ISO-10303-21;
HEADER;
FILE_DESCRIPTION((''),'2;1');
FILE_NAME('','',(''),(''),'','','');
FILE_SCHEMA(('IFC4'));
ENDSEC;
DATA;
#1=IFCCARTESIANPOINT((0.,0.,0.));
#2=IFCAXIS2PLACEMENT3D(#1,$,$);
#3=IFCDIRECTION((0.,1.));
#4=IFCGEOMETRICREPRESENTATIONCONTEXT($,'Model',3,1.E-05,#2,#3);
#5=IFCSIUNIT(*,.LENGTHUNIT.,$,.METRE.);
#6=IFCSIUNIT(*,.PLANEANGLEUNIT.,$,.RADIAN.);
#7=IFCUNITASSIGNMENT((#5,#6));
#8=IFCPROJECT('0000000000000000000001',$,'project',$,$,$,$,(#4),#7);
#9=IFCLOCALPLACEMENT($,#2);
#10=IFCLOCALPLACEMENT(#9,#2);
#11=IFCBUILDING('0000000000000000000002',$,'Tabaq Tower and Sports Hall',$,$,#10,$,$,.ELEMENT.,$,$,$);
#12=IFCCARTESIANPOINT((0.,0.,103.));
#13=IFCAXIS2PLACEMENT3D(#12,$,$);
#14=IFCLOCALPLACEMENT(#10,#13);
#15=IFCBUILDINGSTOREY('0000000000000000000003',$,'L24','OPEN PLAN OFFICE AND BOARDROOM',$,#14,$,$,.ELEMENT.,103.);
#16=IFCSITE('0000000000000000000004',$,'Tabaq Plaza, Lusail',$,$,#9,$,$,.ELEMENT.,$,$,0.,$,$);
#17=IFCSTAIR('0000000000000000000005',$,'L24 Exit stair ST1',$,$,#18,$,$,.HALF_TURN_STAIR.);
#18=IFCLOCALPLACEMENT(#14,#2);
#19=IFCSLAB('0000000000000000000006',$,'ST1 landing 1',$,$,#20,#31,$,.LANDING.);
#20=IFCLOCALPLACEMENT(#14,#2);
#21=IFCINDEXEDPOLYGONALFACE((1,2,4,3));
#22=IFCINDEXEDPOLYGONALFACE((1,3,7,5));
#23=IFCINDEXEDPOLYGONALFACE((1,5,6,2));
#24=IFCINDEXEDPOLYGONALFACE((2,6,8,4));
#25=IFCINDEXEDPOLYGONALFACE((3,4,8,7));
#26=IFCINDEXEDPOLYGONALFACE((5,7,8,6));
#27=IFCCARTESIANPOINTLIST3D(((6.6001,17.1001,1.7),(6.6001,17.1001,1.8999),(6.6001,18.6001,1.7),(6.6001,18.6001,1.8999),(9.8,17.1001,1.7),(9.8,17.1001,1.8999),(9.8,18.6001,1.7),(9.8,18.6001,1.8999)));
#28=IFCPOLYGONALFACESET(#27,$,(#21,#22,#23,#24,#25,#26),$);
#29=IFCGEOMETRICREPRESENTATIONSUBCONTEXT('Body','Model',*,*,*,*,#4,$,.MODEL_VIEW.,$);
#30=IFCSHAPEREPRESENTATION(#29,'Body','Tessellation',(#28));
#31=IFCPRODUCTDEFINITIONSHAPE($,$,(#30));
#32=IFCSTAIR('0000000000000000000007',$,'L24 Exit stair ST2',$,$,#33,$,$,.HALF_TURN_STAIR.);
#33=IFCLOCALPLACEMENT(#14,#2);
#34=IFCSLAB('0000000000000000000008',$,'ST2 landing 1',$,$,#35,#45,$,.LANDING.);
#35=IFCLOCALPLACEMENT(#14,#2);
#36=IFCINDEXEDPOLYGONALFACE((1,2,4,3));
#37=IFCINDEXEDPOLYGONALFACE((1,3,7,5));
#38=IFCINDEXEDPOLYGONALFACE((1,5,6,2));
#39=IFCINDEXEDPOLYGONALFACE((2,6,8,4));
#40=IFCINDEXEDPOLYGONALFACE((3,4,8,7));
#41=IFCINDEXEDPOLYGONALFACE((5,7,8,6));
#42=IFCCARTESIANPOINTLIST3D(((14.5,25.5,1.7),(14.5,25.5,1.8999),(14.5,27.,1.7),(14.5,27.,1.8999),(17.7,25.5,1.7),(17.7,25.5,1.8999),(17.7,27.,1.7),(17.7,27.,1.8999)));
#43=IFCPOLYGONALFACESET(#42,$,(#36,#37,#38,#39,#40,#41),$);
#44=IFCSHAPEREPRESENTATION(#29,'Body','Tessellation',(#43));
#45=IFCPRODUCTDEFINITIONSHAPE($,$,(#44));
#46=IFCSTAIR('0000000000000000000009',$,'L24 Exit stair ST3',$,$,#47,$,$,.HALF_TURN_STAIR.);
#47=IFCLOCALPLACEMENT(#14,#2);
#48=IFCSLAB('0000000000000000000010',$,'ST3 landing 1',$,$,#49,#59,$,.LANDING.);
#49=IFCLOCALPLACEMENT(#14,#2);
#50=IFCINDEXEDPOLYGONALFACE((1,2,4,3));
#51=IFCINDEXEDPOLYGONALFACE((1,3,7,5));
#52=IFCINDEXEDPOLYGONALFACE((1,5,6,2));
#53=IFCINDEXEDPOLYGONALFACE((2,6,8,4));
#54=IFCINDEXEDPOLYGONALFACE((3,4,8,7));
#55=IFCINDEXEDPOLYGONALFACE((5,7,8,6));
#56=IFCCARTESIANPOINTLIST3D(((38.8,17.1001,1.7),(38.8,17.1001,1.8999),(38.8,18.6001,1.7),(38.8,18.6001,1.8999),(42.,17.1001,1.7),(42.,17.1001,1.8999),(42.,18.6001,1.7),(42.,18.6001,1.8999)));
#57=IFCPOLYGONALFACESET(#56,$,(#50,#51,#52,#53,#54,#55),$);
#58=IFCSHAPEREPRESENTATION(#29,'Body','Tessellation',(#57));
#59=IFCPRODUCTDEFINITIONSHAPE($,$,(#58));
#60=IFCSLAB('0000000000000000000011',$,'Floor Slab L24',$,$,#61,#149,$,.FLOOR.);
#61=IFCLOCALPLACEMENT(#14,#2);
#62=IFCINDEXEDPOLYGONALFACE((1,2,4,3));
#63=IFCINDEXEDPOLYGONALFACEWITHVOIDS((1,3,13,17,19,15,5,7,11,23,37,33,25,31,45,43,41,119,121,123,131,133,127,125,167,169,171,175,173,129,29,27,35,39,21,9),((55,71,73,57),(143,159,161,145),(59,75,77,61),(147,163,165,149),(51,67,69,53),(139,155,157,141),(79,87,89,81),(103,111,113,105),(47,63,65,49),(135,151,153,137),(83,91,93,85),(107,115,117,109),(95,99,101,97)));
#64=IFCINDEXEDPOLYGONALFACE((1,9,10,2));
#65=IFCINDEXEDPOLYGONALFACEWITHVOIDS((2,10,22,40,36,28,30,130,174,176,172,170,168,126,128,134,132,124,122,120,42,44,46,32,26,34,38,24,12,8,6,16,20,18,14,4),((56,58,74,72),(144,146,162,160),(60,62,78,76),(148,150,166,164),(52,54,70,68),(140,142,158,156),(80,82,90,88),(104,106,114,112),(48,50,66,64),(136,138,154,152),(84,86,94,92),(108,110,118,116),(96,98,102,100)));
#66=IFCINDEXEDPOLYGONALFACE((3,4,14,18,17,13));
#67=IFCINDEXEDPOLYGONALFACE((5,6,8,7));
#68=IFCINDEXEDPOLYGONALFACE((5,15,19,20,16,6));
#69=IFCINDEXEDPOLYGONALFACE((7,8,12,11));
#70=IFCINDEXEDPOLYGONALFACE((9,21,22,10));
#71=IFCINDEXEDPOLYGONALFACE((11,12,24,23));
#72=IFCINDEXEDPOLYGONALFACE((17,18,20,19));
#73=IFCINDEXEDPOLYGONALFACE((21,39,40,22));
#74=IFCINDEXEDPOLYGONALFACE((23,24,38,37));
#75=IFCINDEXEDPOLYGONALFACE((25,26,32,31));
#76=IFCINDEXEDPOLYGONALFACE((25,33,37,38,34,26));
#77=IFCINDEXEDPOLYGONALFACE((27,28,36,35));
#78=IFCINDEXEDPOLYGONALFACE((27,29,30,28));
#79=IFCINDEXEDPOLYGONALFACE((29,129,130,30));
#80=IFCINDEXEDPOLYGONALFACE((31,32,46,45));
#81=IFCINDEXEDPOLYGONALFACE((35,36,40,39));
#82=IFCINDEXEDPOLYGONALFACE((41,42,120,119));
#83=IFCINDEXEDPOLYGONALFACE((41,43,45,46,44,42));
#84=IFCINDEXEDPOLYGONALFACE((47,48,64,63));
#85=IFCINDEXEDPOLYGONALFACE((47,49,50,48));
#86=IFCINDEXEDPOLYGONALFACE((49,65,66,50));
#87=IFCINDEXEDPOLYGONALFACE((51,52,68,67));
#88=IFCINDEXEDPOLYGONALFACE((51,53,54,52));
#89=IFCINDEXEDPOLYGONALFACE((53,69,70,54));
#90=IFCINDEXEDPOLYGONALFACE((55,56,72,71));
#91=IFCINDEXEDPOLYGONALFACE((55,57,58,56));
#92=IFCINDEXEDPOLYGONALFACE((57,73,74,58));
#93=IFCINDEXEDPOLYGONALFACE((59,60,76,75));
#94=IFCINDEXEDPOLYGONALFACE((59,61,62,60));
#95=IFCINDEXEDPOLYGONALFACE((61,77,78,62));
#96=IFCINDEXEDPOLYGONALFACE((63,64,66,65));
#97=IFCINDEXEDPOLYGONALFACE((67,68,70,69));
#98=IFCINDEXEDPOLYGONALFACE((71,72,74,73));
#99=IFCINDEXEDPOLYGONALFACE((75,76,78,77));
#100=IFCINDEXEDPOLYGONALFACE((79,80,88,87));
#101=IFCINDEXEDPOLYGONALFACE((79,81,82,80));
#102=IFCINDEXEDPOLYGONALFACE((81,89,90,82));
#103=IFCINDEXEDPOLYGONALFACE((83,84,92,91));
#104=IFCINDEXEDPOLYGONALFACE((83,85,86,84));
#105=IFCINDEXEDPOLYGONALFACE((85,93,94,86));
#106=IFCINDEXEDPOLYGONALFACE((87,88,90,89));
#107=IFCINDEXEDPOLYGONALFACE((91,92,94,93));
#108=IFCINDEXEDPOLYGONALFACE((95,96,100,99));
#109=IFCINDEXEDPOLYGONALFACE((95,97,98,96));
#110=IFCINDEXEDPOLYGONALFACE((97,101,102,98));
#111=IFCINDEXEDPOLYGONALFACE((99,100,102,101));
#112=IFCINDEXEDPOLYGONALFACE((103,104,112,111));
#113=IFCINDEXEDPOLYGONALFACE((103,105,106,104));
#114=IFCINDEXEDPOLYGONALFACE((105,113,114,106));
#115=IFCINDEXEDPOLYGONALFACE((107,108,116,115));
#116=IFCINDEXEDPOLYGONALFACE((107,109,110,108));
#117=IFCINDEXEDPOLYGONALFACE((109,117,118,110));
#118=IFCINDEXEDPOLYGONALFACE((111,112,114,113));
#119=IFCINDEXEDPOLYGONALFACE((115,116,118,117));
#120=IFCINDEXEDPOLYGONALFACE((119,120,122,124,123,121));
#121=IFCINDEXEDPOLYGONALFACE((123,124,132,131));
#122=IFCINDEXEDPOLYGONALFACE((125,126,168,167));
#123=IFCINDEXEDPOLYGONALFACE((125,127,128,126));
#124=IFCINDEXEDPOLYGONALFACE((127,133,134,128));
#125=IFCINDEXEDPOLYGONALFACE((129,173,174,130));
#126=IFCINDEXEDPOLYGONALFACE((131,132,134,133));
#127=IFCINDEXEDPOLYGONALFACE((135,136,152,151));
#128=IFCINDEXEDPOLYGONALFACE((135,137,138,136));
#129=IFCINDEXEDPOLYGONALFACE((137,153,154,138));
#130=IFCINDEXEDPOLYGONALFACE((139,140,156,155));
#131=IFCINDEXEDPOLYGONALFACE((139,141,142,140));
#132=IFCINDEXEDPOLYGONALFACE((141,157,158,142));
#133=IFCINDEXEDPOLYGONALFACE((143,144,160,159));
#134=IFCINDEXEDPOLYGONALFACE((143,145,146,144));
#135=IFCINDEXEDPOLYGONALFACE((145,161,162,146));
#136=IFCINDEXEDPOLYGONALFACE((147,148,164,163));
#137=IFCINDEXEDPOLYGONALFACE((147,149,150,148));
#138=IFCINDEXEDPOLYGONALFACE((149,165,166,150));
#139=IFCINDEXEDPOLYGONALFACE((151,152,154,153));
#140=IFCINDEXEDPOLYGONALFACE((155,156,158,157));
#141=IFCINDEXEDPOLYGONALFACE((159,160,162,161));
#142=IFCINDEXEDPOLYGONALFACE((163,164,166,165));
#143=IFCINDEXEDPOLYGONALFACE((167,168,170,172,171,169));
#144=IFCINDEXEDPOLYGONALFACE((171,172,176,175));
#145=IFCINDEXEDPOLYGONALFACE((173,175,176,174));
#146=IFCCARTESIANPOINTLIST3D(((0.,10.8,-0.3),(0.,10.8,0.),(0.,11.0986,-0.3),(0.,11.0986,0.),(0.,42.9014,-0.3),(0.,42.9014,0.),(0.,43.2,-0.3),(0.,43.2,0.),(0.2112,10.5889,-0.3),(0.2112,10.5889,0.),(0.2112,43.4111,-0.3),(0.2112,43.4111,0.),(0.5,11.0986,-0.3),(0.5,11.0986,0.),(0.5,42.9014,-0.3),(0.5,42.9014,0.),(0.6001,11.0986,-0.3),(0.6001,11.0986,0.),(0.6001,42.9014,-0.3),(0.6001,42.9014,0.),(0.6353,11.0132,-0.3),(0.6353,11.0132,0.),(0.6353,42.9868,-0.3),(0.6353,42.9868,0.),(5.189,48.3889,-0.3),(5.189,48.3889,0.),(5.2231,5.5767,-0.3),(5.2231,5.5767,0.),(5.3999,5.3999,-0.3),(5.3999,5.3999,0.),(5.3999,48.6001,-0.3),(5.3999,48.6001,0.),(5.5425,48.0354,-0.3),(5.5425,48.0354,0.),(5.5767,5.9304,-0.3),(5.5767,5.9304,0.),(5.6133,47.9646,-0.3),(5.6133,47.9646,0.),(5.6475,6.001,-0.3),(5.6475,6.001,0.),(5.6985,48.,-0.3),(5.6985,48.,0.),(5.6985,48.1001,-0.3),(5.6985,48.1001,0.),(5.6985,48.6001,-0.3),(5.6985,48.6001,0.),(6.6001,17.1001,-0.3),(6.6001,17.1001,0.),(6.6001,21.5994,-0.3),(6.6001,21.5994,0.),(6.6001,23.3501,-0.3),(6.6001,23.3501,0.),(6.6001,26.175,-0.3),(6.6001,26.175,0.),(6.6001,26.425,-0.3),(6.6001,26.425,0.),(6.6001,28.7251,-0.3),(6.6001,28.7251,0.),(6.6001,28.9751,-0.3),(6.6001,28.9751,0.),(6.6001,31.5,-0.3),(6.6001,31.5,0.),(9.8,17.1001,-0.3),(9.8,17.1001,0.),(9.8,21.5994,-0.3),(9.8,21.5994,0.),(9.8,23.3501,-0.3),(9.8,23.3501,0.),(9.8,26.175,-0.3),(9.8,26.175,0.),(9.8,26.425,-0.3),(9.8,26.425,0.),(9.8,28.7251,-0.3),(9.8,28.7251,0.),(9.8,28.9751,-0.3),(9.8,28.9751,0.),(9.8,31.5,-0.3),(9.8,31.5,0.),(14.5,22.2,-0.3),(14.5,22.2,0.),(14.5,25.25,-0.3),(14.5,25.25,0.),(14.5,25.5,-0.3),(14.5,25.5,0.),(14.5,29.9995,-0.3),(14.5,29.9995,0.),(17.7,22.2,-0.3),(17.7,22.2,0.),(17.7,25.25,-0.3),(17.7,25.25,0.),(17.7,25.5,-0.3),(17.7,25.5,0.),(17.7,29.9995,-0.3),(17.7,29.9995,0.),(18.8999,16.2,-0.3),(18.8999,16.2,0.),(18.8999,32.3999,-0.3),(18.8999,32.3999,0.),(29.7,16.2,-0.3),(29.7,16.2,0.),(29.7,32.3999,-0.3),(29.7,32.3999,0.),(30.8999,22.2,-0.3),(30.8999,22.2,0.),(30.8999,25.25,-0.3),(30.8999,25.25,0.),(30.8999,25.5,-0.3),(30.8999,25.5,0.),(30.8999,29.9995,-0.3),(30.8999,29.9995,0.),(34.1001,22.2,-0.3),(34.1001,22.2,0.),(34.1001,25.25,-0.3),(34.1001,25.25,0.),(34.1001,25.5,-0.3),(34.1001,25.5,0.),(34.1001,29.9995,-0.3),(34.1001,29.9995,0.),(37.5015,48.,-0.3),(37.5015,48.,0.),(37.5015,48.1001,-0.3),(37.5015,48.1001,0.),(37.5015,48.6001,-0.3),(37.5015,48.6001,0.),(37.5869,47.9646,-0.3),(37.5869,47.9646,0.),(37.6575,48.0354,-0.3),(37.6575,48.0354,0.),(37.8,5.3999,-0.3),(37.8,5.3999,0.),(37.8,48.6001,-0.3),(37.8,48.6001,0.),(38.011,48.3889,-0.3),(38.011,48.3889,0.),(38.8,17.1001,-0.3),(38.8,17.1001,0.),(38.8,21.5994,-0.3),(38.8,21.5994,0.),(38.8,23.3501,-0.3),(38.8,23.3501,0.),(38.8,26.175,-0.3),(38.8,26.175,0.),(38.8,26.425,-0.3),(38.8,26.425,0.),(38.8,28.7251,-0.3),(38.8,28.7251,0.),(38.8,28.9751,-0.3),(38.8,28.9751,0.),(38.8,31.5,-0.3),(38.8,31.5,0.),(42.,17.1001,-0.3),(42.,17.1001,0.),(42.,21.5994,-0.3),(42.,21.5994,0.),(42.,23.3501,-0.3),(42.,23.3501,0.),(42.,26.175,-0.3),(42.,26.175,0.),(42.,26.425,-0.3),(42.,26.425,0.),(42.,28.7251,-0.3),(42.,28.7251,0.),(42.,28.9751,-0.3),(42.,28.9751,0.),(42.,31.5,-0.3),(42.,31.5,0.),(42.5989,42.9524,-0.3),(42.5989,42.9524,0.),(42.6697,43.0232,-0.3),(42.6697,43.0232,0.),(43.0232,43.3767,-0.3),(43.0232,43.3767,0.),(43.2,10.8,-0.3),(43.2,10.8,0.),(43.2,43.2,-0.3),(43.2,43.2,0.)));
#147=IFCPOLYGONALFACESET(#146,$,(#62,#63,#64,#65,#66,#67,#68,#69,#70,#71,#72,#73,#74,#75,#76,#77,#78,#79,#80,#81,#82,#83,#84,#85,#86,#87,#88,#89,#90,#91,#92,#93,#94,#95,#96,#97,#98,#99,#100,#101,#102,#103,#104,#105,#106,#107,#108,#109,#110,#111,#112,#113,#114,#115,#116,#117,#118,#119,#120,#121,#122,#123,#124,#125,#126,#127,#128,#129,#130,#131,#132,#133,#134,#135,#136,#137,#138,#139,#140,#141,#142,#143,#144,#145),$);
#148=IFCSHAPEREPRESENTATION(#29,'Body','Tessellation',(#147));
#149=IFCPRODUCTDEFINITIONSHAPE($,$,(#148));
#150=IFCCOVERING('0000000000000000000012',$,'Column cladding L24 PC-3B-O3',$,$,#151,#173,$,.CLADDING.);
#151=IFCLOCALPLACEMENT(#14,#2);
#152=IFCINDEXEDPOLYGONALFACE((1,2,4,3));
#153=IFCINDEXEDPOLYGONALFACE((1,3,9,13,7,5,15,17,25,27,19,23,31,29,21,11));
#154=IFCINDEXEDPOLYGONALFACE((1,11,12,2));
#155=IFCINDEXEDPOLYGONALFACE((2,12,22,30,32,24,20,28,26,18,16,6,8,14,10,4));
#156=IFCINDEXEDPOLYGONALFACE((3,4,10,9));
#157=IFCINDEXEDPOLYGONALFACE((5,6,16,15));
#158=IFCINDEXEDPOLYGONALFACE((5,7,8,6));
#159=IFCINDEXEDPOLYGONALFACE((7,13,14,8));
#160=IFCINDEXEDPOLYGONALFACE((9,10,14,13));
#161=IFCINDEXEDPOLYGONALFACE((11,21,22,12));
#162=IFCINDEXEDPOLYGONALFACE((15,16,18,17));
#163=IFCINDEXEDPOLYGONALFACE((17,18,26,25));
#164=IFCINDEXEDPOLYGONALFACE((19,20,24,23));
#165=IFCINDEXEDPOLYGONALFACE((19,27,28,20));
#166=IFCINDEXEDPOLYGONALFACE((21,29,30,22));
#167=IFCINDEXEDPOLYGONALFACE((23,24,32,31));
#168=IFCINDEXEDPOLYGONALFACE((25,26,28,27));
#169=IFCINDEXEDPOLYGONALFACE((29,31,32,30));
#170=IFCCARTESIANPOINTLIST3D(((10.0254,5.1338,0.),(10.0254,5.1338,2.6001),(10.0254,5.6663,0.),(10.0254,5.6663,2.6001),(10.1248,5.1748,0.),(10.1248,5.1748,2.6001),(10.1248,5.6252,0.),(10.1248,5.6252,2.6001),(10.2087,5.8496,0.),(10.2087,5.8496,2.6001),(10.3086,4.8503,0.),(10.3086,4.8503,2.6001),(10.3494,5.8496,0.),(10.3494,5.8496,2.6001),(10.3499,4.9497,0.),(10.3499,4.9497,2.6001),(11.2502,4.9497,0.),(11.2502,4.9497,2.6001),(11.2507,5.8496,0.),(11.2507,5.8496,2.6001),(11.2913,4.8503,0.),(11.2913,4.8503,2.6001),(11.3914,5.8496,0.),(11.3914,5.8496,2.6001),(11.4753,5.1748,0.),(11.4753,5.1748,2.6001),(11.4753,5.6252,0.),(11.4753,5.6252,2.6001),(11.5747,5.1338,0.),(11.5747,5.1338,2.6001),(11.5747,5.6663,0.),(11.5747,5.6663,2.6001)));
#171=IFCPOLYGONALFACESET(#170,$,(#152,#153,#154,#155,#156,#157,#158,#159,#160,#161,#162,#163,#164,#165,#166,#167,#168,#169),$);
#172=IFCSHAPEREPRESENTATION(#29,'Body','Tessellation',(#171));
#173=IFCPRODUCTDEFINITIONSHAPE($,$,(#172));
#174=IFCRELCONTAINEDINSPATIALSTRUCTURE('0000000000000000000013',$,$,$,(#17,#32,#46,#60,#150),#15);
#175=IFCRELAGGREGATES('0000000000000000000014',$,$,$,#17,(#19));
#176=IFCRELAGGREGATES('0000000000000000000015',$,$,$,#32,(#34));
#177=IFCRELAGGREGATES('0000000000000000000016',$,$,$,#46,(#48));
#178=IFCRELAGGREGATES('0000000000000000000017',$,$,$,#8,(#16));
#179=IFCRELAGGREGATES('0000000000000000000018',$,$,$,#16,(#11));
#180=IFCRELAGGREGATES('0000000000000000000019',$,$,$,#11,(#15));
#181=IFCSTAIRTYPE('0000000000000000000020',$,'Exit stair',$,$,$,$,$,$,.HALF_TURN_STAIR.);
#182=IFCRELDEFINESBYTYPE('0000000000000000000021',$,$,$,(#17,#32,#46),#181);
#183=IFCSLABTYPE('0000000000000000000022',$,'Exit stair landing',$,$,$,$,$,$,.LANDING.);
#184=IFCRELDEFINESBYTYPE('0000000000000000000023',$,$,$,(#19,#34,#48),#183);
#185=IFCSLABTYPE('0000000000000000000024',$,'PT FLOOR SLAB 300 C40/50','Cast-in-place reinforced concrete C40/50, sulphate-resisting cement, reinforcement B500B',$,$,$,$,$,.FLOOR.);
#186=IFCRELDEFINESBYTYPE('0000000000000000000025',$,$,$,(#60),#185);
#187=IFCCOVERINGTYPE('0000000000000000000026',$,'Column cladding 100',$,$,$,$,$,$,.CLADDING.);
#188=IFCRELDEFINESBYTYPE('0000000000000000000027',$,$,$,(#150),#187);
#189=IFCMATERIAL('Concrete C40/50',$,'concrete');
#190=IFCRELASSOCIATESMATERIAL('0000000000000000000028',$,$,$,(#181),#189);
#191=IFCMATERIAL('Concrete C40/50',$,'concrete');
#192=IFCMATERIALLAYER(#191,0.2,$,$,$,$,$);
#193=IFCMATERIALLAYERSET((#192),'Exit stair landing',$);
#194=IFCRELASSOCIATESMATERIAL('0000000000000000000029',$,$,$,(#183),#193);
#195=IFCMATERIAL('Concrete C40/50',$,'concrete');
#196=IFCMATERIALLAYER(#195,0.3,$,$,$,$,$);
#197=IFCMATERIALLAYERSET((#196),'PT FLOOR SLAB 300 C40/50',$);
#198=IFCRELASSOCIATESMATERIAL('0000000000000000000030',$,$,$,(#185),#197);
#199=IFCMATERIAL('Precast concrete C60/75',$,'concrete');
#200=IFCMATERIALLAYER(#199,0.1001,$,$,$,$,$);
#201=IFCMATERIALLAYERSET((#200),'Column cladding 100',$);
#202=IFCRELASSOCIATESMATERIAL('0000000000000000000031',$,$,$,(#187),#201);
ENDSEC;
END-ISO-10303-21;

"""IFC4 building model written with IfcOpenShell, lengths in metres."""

from ifc_helpers import new_model, si_unit, direction, frame, origin, place, context, subcontext, project, spatial, polyline, outline, extrude, material, layer, layer_set, type_object, element, aggregate, save


model = new_model("IFC4")

# Units and contexts
model_context = context("Model", 3, precision=1e-05, world=origin(), true_north=direction((0.0, 1.0)))
body_context = subcontext(model_context, "Body", "Model", "MODEL_VIEW")
ifc_project = project(units=[si_unit("LENGTHUNIT", "METRE"), si_unit("PLANEANGLEUNIT", "RADIAN")], contexts=[model_context])

# Site, building, storey
site_placement = place(None, origin())
site = spatial("IfcSite", under=ifc_project, at=site_placement, Name="Tabaq Plaza, Lusail", CompositionType="ELEMENT", RefElevation=0.0)
building_placement = place(site_placement, origin())
building = spatial("IfcBuilding", under=site, at=building_placement, Name="Tabaq Tower and Sports Hall", CompositionType="ELEMENT")
storey_placement = place(building_placement, frame((0.0, 0.0, 103.0)))
storey = spatial("IfcBuildingStorey", under=building, at=storey_placement, Name="L24", Description="OPEN PLAN OFFICE AND BOARDROOM", CompositionType="ELEMENT", Elevation=103.0)

# Stairs, slabs
ifc_material_1 = material(Name="Concrete C40/50", Category="concrete")
stair_type = type_object("IfcStairType", Name="Exit stair", PredefinedType="HALF_TURN_STAIR", material=ifc_material_1)
stair_1_placement = place(storey_placement, origin())
stair_1 = element("IfcStair", 1, at=stair_1_placement, inside=storey, type_object=stair_type, Name="L24 Exit stair ST1", PredefinedType="HALF_TURN_STAIR")
ifc_material_2 = material(Name="Concrete C40/50", Category="concrete")
ifc_layer_1 = layer(ifc_material_2, 0.2)
ifc_layer_set_1 = layer_set([ifc_layer_1], Name="Exit stair landing")
slab_type_1 = type_object("IfcSlabType", Name="Exit stair landing", PredefinedType="LANDING", material=ifc_layer_set_1)
slab_1_placement = place(storey_placement, frame((0.0, 0.0, 1.7)))
slab_1 = element("IfcSlab", 2, at=slab_1_placement, type_object=slab_type_1, Name="ST1 landing 1", PredefinedType="LANDING", context=body_context, shape_type="SweptSolid", body=[
    extrude(outline(polyline([(6.6001, 18.6001), (6.6001, 17.1001), (9.8, 17.1001), (9.8, 18.6001), (6.6001, 18.6001)])), origin(), (0.0, 0.0, 1.0), 0.2),
])
aggregate(stair_1, [slab_1])
stair_2_placement = place(storey_placement, origin())
stair_2 = element("IfcStair", 3, at=stair_2_placement, inside=storey, type_object=stair_type, Name="L24 Exit stair ST2", PredefinedType="HALF_TURN_STAIR")
slab_2_placement = place(storey_placement, frame((0.0, 0.0, 1.7)))
slab_2 = element("IfcSlab", 4, at=slab_2_placement, type_object=slab_type_1, Name="ST2 landing 1", PredefinedType="LANDING", context=body_context, shape_type="SweptSolid", body=[
    extrude(outline(polyline([(14.5, 27.0), (14.5, 25.5), (17.7, 25.5), (17.7, 27.0), (14.5, 27.0)])), origin(), (0.0, 0.0, 1.0), 0.2),
])
aggregate(stair_2, [slab_2])
stair_3_placement = place(storey_placement, origin())
stair_3 = element("IfcStair", 5, at=stair_3_placement, inside=storey, type_object=stair_type, Name="L24 Exit stair ST3", PredefinedType="HALF_TURN_STAIR")
slab_3_placement = place(storey_placement, frame((0.0, 0.0, 1.7)))
slab_3 = element("IfcSlab", 6, at=slab_3_placement, type_object=slab_type_1, Name="ST3 landing 1", PredefinedType="LANDING", context=body_context, shape_type="SweptSolid", body=[
    extrude(outline(polyline([(38.8, 18.6001), (38.8, 17.1001), (42.0, 17.1001), (42.0, 18.6001), (38.8, 18.6001)])), origin(), (0.0, 0.0, 1.0), 0.2),
])
aggregate(stair_3, [slab_3])

# Slab
ifc_material_3 = material(Name="Concrete C40/50", Category="concrete")
ifc_layer_2 = layer(ifc_material_3, 0.3)
ifc_layer_set_2 = layer_set([ifc_layer_2], Name="PT FLOOR SLAB 300 C40/50")
slab_type_2 = type_object("IfcSlabType", Name="PT FLOOR SLAB 300 C40/50", Description="Cast-in-place reinforced concrete C40/50, sulphate-resisting cement, reinforcement B500B", PredefinedType="FLOOR", material=ifc_layer_set_2)
slab_4_placement = place(storey_placement, frame((0.0, 0.0, -0.3)))
element("IfcSlab", 7, at=slab_4_placement, inside=storey, type_object=slab_type_2, Name="Floor Slab L24", PredefinedType="FLOOR", context=body_context, shape_type="SweptSolid", body=[
    extrude(outline(polyline([(0.0, 11.0986), (0.0, 10.8), (0.2112, 10.5889), (0.6353, 11.0132), (5.6475, 6.001), (5.5767, 5.9304), (5.2231, 5.5767), (5.3999, 5.3999), (37.8, 5.3999), (43.2, 10.8), (43.2, 43.2), (43.0232, 43.3767), (42.6697, 43.0232), (42.5989, 42.9524), (37.5869, 47.9646), (37.6575, 48.0354), (38.011, 48.3889), (37.8, 48.6001), (37.5015, 48.6001), (37.5015, 48.1001), (37.5015, 48.0), (5.6985, 48.0), (5.6985, 48.1001), (5.6985, 48.6001), (5.3999, 48.6001), (5.189, 48.3889), (5.5425, 48.0354), (5.6133, 47.9646), (0.6353, 42.9868), (0.2112, 43.4111), (0.0, 43.2), (0.0, 42.9014), (0.5, 42.9014), (0.6001, 42.9014), (0.6001, 11.0986), (0.5, 11.0986), (0.0, 11.0986)]), holes=[polyline([(6.6001, 21.5994), (9.8, 21.5994), (9.8, 17.1001), (6.6001, 17.1001), (6.6001, 21.5994)]), polyline([(17.7, 25.25), (17.7, 22.2), (14.5, 22.2), (14.5, 25.25), (17.7, 25.25)]), polyline([(18.8999, 32.3999), (29.7, 32.3999), (29.7, 16.2), (18.8999, 16.2), (18.8999, 32.3999)]), polyline([(6.6001, 26.175), (9.8, 26.175), (9.8, 23.3501), (6.6001, 23.3501), (6.6001, 26.175)]), polyline([(9.8, 28.7251), (9.8, 26.425), (6.6001, 26.425), (6.6001, 28.7251), (9.8, 28.7251)]), polyline([(17.7, 29.9995), (17.7, 25.5), (14.5, 25.5), (14.5, 29.9995), (17.7, 29.9995)]), polyline([(6.6001, 31.5), (9.8, 31.5), (9.8, 28.9751), (6.6001, 28.9751), (6.6001, 31.5)]), polyline([(42.0, 21.5994), (42.0, 17.1001), (38.8, 17.1001), (38.8, 21.5994), (42.0, 21.5994)]), polyline([(34.1001, 25.25), (34.1001, 22.2), (30.8999, 22.2), (30.8999, 25.25), (34.1001, 25.25)]), polyline([(42.0, 26.175), (42.0, 23.3501), (38.8, 23.3501), (38.8, 26.175), (42.0, 26.175)]), polyline([(42.0, 28.7251), (42.0, 26.425), (38.8, 26.425), (38.8, 28.7251), (42.0, 28.7251)]), polyline([(34.1001, 29.9995), (34.1001, 25.5), (30.8999, 25.5), (30.8999, 29.9995), (34.1001, 29.9995)]), polyline([(42.0, 31.5), (42.0, 28.9751), (38.8, 28.9751), (38.8, 31.5), (42.0, 31.5)])]), origin(), (0.0, 0.0, 1.0), 0.3),
])

# Covering
ifc_material_4 = material(Name="Precast concrete C60/75", Category="concrete")
ifc_layer_3 = layer(ifc_material_4, 0.1001)
ifc_layer_set_3 = layer_set([ifc_layer_3], Name="Column cladding 100")
covering_type = type_object("IfcCoveringType", Name="Column cladding 100", PredefinedType="CLADDING", material=ifc_layer_set_3)
covering_1_placement = place(storey_placement, origin())
element("IfcCovering", 8, at=covering_1_placement, inside=storey, type_object=covering_type, Name="Column cladding L24 PC-3B-O3", PredefinedType="CLADDING", context=body_context, shape_type="SweptSolid", body=[
    extrude(outline(polyline([(10.0254, 5.6663), (10.2087, 5.8496), (10.3494, 5.8496), (10.1248, 5.6252), (10.1248, 5.1748), (10.3499, 4.9497), (11.2502, 4.9497), (11.4753, 5.1748), (11.4753, 5.6252), (11.2507, 5.8496), (11.3914, 5.8496), (11.5747, 5.6663), (11.5747, 5.1338), (11.2913, 4.8503), (10.3086, 4.8503), (10.0254, 5.1338), (10.0254, 5.6663)])), origin(), (0.0, 0.0, 1.0), 2.6001),
])

save(model, "model.ifc")
